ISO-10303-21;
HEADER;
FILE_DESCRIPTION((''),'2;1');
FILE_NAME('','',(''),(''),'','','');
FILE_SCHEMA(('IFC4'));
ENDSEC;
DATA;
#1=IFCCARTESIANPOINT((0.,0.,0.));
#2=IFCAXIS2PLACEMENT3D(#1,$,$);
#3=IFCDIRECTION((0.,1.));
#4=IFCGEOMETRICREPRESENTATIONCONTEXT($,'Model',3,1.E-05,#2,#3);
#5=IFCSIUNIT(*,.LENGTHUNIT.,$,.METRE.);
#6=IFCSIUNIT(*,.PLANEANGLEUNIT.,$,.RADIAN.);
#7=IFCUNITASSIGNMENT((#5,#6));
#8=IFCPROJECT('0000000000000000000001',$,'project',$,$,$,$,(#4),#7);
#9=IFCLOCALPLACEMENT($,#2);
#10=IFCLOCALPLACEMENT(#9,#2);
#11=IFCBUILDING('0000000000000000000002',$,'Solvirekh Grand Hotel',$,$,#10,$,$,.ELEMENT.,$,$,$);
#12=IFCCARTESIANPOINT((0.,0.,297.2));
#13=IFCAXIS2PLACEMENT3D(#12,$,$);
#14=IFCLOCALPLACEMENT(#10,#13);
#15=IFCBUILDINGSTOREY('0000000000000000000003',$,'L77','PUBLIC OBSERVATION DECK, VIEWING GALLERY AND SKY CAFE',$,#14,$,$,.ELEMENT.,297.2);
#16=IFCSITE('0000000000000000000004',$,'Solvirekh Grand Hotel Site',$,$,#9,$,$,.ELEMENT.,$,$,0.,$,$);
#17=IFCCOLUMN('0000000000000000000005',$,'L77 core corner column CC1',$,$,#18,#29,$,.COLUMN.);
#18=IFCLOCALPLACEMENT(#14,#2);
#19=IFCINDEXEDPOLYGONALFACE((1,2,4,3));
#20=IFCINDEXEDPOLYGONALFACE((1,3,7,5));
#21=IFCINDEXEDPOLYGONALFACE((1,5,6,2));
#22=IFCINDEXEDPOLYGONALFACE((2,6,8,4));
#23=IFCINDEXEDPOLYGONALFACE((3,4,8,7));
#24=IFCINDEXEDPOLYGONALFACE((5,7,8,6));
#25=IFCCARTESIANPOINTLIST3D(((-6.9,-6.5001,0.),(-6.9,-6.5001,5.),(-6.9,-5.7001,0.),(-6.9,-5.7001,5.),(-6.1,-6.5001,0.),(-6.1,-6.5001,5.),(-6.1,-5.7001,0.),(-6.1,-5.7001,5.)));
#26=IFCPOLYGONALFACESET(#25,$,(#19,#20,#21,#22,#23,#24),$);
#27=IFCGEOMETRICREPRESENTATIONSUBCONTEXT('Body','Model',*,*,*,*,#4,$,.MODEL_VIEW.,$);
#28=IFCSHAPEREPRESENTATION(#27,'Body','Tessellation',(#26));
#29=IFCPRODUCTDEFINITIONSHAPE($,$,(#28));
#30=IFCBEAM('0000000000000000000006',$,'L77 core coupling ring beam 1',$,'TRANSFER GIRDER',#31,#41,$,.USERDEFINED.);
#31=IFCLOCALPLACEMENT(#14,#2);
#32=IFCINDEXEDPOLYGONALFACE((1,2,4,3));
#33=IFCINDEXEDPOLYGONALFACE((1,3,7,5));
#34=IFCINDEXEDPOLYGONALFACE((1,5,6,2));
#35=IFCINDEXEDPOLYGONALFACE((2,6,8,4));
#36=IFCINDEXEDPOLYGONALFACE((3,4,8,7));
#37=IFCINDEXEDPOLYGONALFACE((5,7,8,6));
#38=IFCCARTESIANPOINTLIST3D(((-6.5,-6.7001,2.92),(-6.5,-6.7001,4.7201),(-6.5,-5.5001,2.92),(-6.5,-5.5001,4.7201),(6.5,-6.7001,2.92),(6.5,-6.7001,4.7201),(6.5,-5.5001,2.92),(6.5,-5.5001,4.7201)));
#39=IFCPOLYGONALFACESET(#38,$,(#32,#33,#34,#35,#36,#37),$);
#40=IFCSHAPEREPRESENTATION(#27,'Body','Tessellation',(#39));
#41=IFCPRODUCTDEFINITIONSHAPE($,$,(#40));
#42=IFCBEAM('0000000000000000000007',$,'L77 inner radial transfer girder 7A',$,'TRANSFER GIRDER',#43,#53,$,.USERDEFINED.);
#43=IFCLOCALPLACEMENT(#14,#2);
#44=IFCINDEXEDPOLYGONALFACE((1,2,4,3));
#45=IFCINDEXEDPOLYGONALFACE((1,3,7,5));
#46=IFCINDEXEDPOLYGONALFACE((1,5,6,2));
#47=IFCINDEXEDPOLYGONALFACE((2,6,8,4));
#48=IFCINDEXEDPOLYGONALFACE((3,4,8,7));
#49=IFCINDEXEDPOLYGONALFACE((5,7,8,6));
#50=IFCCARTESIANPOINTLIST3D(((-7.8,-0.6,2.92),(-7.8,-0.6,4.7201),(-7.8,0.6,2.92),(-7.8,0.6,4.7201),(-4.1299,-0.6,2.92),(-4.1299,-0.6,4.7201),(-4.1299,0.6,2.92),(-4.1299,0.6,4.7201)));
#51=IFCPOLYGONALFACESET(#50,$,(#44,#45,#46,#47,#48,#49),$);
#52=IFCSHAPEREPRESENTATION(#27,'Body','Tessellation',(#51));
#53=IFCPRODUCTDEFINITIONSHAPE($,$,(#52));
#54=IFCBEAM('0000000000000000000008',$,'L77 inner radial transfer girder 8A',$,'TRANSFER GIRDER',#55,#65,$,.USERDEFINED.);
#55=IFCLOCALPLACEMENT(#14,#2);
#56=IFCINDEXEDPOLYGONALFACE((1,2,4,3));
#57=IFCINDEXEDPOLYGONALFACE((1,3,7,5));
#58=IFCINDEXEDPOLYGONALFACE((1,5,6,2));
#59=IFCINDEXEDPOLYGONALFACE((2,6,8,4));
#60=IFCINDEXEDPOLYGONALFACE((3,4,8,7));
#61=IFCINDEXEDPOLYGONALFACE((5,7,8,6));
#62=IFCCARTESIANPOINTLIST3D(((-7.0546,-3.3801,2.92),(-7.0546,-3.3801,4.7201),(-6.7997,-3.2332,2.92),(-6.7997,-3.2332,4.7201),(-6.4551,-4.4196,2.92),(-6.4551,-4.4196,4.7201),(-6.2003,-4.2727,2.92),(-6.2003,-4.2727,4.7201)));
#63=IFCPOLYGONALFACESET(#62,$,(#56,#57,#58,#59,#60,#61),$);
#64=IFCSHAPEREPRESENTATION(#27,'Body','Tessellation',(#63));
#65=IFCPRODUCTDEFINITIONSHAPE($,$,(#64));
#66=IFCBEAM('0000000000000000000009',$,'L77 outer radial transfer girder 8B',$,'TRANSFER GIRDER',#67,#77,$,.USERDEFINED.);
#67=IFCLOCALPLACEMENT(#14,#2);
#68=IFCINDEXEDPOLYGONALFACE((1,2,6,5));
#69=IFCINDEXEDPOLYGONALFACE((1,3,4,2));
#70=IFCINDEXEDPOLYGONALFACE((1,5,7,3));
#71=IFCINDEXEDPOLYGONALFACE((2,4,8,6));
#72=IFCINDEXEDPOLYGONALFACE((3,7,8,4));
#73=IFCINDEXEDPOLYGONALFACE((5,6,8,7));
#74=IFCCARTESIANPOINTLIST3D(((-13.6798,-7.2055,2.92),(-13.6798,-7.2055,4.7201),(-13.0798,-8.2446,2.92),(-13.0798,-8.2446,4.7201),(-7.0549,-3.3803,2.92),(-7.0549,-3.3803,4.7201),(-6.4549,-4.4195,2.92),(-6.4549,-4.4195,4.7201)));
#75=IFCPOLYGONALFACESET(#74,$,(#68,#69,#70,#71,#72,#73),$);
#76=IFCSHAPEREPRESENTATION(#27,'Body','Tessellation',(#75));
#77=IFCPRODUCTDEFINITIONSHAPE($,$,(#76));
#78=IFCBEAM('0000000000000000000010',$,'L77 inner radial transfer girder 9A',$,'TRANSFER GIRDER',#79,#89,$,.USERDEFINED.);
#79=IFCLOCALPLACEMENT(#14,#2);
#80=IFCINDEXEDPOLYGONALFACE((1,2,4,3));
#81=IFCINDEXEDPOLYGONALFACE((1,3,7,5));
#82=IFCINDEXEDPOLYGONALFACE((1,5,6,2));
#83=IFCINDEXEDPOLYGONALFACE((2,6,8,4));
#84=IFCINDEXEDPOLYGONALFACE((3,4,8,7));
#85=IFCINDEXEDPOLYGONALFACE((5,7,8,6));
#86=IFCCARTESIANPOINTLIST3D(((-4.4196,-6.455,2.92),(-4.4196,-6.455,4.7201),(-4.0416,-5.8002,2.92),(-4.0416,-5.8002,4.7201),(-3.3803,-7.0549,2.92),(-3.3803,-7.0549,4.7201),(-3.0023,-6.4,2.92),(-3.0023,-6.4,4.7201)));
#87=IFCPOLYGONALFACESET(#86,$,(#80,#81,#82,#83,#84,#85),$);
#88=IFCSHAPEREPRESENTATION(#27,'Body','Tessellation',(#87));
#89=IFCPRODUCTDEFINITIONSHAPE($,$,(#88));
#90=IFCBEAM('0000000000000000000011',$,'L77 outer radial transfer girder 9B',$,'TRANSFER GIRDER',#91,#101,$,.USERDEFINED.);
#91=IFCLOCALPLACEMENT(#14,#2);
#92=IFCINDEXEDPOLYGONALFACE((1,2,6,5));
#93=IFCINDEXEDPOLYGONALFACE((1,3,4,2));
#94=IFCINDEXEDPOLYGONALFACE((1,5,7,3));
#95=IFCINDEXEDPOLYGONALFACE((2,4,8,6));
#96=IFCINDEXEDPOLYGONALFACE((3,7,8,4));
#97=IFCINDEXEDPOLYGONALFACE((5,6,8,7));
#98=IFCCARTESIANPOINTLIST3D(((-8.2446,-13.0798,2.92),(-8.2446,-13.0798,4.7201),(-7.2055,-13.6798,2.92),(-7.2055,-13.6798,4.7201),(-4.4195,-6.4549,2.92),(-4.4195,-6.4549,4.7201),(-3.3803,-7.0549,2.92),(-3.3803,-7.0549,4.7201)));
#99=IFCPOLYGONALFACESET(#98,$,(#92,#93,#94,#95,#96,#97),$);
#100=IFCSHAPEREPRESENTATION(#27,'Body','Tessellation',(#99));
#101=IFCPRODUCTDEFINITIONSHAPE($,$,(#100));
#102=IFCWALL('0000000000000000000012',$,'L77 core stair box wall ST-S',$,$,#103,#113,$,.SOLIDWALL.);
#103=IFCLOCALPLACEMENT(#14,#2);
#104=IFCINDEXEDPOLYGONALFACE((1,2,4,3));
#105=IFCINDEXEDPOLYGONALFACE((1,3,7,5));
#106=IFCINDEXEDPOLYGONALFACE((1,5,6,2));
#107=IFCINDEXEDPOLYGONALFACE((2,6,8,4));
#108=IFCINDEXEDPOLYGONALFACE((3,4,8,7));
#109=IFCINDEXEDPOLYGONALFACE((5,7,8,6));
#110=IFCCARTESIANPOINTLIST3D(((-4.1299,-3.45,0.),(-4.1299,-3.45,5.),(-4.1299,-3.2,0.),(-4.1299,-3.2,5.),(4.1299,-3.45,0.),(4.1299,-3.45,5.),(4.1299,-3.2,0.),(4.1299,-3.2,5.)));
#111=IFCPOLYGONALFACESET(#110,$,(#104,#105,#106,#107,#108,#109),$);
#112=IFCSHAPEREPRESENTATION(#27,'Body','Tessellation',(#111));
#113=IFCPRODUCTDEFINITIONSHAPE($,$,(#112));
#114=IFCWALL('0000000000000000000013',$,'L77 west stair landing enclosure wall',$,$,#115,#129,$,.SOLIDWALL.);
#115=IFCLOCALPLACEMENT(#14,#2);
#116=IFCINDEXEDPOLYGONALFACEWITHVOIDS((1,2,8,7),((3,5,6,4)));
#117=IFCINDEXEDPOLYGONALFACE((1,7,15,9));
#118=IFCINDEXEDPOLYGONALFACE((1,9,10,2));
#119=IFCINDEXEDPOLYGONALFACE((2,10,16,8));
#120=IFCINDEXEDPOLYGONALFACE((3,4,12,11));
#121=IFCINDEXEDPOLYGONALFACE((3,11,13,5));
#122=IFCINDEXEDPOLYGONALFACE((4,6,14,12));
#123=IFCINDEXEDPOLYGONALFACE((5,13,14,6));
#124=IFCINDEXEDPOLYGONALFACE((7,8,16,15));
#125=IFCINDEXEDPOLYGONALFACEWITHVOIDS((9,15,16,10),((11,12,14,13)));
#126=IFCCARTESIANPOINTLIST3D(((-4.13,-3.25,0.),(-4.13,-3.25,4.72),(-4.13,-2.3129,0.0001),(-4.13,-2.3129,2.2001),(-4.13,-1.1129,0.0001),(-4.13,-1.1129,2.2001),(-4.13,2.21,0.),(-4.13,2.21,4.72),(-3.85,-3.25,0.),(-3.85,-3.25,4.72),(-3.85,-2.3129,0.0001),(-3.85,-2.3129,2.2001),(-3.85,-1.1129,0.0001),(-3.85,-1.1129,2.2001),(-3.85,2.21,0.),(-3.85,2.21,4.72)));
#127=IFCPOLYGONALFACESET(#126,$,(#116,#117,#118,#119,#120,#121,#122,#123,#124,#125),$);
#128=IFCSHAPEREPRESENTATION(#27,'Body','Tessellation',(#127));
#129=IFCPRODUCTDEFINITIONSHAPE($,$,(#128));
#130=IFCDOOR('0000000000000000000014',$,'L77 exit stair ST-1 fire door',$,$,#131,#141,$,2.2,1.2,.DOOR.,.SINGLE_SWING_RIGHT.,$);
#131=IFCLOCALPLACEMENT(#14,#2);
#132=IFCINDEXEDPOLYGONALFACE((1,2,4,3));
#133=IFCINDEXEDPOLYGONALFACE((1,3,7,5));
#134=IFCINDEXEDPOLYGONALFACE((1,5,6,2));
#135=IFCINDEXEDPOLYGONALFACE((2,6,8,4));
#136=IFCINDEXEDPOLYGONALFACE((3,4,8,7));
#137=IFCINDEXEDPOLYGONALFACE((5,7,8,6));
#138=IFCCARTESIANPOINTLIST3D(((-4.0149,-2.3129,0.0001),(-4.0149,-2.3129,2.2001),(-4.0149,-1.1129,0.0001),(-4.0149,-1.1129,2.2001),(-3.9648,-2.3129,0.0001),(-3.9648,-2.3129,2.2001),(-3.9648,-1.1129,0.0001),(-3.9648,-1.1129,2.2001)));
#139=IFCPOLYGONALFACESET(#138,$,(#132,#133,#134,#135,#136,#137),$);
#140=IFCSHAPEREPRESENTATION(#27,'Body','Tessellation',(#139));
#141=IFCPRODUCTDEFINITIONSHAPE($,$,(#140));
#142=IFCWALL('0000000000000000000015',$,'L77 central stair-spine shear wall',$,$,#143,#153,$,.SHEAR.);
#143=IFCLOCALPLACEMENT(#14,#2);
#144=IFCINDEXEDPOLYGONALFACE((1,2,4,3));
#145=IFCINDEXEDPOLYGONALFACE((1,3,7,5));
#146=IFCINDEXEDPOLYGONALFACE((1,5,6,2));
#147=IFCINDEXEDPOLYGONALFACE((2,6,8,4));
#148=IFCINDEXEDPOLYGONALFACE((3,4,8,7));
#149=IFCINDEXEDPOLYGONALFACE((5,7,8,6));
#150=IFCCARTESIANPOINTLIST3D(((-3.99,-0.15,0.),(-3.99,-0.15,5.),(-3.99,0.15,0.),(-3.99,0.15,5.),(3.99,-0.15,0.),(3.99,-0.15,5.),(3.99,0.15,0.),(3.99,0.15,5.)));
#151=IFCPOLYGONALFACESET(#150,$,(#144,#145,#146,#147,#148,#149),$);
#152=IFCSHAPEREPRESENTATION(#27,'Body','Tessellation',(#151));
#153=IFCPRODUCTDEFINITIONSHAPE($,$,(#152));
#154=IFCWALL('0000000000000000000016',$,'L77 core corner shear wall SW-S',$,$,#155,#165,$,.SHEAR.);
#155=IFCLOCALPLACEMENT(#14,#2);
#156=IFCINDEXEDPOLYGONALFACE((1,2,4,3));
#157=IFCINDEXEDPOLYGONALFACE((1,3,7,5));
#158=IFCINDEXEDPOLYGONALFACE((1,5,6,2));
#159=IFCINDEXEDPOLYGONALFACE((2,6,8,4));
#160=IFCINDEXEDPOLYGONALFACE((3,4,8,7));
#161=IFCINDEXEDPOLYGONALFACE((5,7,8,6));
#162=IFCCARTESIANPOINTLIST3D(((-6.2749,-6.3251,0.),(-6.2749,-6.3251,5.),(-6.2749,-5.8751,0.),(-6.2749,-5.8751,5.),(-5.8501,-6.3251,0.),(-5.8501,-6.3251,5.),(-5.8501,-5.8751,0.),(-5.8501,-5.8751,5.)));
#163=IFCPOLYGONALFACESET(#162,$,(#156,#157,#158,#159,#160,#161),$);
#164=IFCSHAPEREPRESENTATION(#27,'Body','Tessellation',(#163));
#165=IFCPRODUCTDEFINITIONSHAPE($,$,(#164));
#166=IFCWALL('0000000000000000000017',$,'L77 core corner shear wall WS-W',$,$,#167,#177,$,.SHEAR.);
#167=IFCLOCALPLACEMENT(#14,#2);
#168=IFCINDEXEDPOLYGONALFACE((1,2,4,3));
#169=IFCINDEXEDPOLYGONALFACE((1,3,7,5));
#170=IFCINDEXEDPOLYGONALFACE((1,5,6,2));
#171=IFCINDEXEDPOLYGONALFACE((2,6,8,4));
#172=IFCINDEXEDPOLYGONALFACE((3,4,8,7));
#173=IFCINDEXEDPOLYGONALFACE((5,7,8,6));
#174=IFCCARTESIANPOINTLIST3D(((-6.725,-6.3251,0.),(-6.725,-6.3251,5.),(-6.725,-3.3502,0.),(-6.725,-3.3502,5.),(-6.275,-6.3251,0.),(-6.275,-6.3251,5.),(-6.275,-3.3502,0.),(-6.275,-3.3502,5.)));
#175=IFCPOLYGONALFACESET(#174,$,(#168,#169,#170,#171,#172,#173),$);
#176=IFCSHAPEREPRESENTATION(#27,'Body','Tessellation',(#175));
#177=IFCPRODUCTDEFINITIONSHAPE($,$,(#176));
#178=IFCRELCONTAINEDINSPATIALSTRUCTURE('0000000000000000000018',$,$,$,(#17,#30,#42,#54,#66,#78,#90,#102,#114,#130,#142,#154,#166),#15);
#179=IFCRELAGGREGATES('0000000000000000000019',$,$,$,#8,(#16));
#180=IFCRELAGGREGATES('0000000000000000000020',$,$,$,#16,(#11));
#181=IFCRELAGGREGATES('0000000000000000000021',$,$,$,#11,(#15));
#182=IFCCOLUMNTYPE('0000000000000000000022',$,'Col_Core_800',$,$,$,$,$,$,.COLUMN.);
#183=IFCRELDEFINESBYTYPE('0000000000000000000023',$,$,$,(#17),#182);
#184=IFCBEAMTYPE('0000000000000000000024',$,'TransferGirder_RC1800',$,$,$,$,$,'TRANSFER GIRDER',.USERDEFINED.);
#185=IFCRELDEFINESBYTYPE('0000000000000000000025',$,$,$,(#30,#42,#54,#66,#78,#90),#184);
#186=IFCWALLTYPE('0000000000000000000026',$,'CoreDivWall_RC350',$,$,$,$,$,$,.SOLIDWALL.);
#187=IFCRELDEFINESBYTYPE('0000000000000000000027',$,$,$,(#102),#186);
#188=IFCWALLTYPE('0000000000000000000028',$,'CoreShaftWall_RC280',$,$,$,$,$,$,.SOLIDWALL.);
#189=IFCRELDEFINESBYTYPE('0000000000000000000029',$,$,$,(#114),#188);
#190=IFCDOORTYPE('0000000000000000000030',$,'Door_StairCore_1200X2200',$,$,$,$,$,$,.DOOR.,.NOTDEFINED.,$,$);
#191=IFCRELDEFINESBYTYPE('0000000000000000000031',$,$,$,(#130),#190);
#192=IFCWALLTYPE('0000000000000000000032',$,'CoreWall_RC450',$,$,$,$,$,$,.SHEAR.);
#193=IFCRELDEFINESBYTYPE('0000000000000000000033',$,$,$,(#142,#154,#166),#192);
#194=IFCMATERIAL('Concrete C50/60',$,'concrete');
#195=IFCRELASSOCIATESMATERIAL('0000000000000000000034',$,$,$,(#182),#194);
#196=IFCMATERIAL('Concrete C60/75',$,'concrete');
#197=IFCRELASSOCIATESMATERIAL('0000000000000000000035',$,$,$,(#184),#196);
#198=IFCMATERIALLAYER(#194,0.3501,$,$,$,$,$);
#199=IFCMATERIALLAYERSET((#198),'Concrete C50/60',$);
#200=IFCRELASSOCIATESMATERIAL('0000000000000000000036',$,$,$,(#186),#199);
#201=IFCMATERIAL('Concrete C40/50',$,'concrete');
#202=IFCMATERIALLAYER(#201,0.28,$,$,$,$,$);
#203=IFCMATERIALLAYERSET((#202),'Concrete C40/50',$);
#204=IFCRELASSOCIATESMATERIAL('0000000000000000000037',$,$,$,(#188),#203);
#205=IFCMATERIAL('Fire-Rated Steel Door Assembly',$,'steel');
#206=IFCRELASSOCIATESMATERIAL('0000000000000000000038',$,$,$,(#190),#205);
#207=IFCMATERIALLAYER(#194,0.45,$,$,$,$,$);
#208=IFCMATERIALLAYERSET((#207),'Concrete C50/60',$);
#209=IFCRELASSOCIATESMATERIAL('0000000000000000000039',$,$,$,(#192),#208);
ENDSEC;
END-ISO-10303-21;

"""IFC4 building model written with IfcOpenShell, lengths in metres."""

from ifc_helpers import new_model, si_unit, direction, frame, frame_2d, origin, origin_2d, place, context, subcontext, project, spatial, rectangle, extrude, material, layer, layer_set, material_profile, profile_set, type_object, element, fill, save


model = new_model("IFC4")

# Units and contexts
model_context = context("Model", 3, precision=1e-05, world=origin(), true_north=direction((0.0, 1.0)))
body_context = subcontext(model_context, "Body", "Model", "MODEL_VIEW")
ifc_project = project(units=[si_unit("LENGTHUNIT", "METRE"), si_unit("PLANEANGLEUNIT", "RADIAN")], contexts=[model_context])

# Site, building, storey
site_placement = place(None, origin())
site = spatial("IfcSite", under=ifc_project, at=site_placement, Name="Solvirekh Grand Hotel Site", CompositionType="ELEMENT", RefElevation=0.0)
building_placement = place(site_placement, origin())
building = spatial("IfcBuilding", under=site, at=building_placement, Name="Solvirekh Grand Hotel", CompositionType="ELEMENT")
storey_placement = place(building_placement, frame((0.0, 0.0, 297.2)))
storey = spatial("IfcBuildingStorey", under=building, at=storey_placement, Name="L77", Description="PUBLIC OBSERVATION DECK, VIEWING GALLERY AND SKY CAFE", CompositionType="ELEMENT", Elevation=297.2)

# Column
ifc_material_1 = material(Name="Concrete C50/60", Category="concrete")
ifc_material_profile_1 = material_profile(ifc_material_1, rectangle(XDim=0.8, YDim=0.8, at=origin_2d()), Name="RC 800X800")
ifc_profile_set_1 = profile_set([ifc_material_profile_1], Name="Concrete C50/60")
column_type = type_object("IfcColumnType", Name="Col_Core_800", PredefinedType="COLUMN", material=ifc_profile_set_1)
column_placement = place(storey_placement, frame((-6.5, -6.1001, 0.0), z_axis=(0.0, 0.0, 1.0), x_axis=(1.0, 0.0, 0.0)))
element("IfcColumn", 1, at=column_placement, inside=storey, type_object=column_type, Name="L77 core corner column CC1", PredefinedType="COLUMN", context=body_context, shape_type="SweptSolid", body=[
    extrude(rectangle(XDim=0.8, YDim=0.8, at=origin_2d()), origin(), (0.0, 0.0, 1.0), 5.0),
])

# Beams
ifc_material_2 = material(Name="Concrete C60/75", Category="concrete")
ifc_material_profile_2 = material_profile(ifc_material_2, rectangle(XDim=1.2, YDim=1.8, at=origin_2d()), Name="RC GIRDER 1200X1800")
ifc_profile_set_2 = profile_set([ifc_material_profile_2], Name="Concrete C60/75")
beam_type = type_object("IfcBeamType", Name="TransferGirder_RC1800", ElementType="TRANSFER GIRDER", PredefinedType="USERDEFINED", material=ifc_profile_set_2)
beam_1_placement = place(storey_placement, frame((-6.5, -6.1001, 3.8201), z_axis=(1.0, 0.0, 0.0), x_axis=(0.0, 1.0, 0.0)))
element("IfcBeam", 2, at=beam_1_placement, inside=storey, type_object=beam_type, Name="L77 core coupling ring beam 1", ObjectType="TRANSFER GIRDER", PredefinedType="USERDEFINED", context=body_context, shape_type="SweptSolid", body=[
    extrude(rectangle(XDim=1.2, YDim=1.8, at=origin_2d()), origin(), (0.0, 0.0, 1.0), 13.0),
])
beam_2_placement = place(storey_placement, frame((-4.1299, 0.0, 3.8201), z_axis=(-1.0, 0.0, 0.0), x_axis=(0.0, -1.0, 0.0)))
element("IfcBeam", 3, at=beam_2_placement, inside=storey, type_object=beam_type, Name="L77 inner radial transfer girder 7A", ObjectType="TRANSFER GIRDER", PredefinedType="USERDEFINED", context=body_context, shape_type="SweptSolid", body=[
    extrude(rectangle(XDim=1.2, YDim=1.8, at=origin_2d()), origin(), (0.0, 0.0, 1.0), 3.6702),
])
beam_3_placement = place(storey_placement, frame((-6.5, -3.7529, 3.8201), z_axis=(-0.866296, -0.499531, 0.0), x_axis=(0.499531, -0.866296, 0.0)))
element("IfcBeam", 4, at=beam_3_placement, inside=storey, type_object=beam_type, Name="L77 inner radial transfer girder 8A", ObjectType="TRANSFER GIRDER", PredefinedType="USERDEFINED", context=body_context, shape_type="SweptSolid", body=[
    extrude(rectangle(XDim=1.2, YDim=1.8, at=origin_2d()), origin(), (0.0, 0.0, 1.0), 0.2942),
])
beam_4_placement = place(storey_placement, frame((-6.7549, -3.8999, 3.8201), z_axis=(-0.866011, -0.500024, 0.0), x_axis=(0.500024, -0.866011, 0.0)))
element("IfcBeam", 5, at=beam_4_placement, inside=storey, type_object=beam_type, Name="L77 outer radial transfer girder 8B", ObjectType="TRANSFER GIRDER", PredefinedType="USERDEFINED", context=body_context, shape_type="SweptSolid", body=[
    extrude(rectangle(XDim=1.2, YDim=1.8, at=origin_2d()), origin(), (0.0, 0.0, 1.0), 7.6499),
])
beam_5_placement = place(storey_placement, frame((-3.522, -6.1001, 3.8201), z_axis=(-0.49989, -0.866089, 0.0), x_axis=(0.866089, -0.49989, 0.0)))
element("IfcBeam", 6, at=beam_5_placement, inside=storey, type_object=beam_type, Name="L77 inner radial transfer girder 9A", ObjectType="TRANSFER GIRDER", PredefinedType="USERDEFINED", context=body_context, shape_type="SweptSolid", body=[
    extrude(rectangle(XDim=1.2, YDim=1.8, at=origin_2d()), origin(), (0.0, 0.0, 1.0), 0.7561),
])
beam_6_placement = place(storey_placement, frame((-3.8999, -6.7549, 3.8201), z_axis=(-0.500024, -0.866011, 0.0), x_axis=(0.866011, -0.500024, 0.0)))
element("IfcBeam", 7, at=beam_6_placement, inside=storey, type_object=beam_type, Name="L77 outer radial transfer girder 9B", ObjectType="TRANSFER GIRDER", PredefinedType="USERDEFINED", context=body_context, shape_type="SweptSolid", body=[
    extrude(rectangle(XDim=1.2, YDim=1.8, at=origin_2d()), origin(), (0.0, 0.0, 1.0), 7.6499),
])

# Wall
ifc_layer_1 = layer(ifc_material_1, 0.3501)
ifc_layer_set_1 = layer_set([ifc_layer_1], Name="Concrete C50/60")
wall_type_1 = type_object("IfcWallType", Name="CoreDivWall_RC350", PredefinedType="SOLIDWALL", material=ifc_layer_set_1)
wall_1_placement = place(storey_placement, frame((-4.1299, -3.325, 0.0), z_axis=(0.0, 0.0, 1.0), x_axis=(1.0, 0.0, 0.0)))
element("IfcWall", 8, at=wall_1_placement, inside=storey, type_object=wall_type_1, Name="L77 core stair box wall ST-S", PredefinedType="SOLIDWALL", context=body_context, shape_type="SweptSolid", body=[
    extrude(rectangle(XDim=8.2598, YDim=0.25, at=frame_2d((4.1299, 0.0))), origin(), (0.0, 0.0, 1.0), 5.0),
])

# Wall, opening, door
ifc_material_3 = material(Name="Concrete C40/50", Category="concrete")
ifc_layer_2 = layer(ifc_material_3, 0.28)
ifc_layer_set_2 = layer_set([ifc_layer_2], Name="Concrete C40/50")
wall_type_2 = type_object("IfcWallType", Name="CoreShaftWall_RC280", PredefinedType="SOLIDWALL", material=ifc_layer_set_2)
wall_2_placement = place(storey_placement, frame((-3.99, -3.25, 0.0), z_axis=(0.0, 0.0, 1.0), x_axis=(0.0, 1.0, 0.0)))
wall_2 = element("IfcWall", 9, at=wall_2_placement, inside=storey, type_object=wall_type_2, Name="L77 west stair landing enclosure wall", PredefinedType="SOLIDWALL", context=body_context, shape_type="SweptSolid", body=[
    extrude(rectangle(XDim=5.46, YDim=0.28, at=frame_2d((2.73, 0.0))), origin(), (0.0, 0.0, 1.0), 4.72),
])
opening_1_placement = place(wall_2_placement, frame((0.937, 0.0, 0.0)))
opening_1 = element("IfcOpeningElement", 10, at=opening_1_placement, cuts=wall_2, PredefinedType="OPENING", context=body_context, shape_type="SweptSolid", body=[
    extrude(rectangle(XDim=1.2, YDim=2.2, at=frame_2d((0.6001, 1.1001))), frame((0.0, 0.1499, 0.0), z_axis=(0.0, -1.0, 0.0), x_axis=(1.0, 0.0, 0.0)), (0.0, 0.0, 1.0), 0.3),
])
ifc_material_4 = material(Name="Fire-Rated Steel Door Assembly", Category="steel")
door_type_1 = type_object("IfcDoorType", Name="Door_StairCore_1200X2200", OperationType="NOTDEFINED", PredefinedType="DOOR", material=ifc_material_4)
door_1_placement = place(opening_1_placement, origin())
door_1 = element("IfcDoor", 11, at=door_1_placement, inside=storey, type_object=door_type_1, Name="L77 exit stair ST-1 fire door", OperationType="SINGLE_SWING_RIGHT", OverallHeight=2.2, OverallWidth=1.2, PredefinedType="DOOR", context=body_context, shape_type="SweptSolid", body=[
    extrude(rectangle(XDim=1.2, YDim=2.2, at=frame_2d((0.6001, 1.1001))), frame((0.0, 0.0249, 0.0), z_axis=(0.0, -1.0, 0.0), x_axis=(1.0, 0.0, 0.0)), (0.0, 0.0, 1.0), 0.05),
])
fill(opening_1, door_1)

# Walls
ifc_layer_3 = layer(ifc_material_1, 0.45)
ifc_layer_set_3 = layer_set([ifc_layer_3], Name="Concrete C50/60")
wall_type_3 = type_object("IfcWallType", Name="CoreWall_RC450", PredefinedType="SHEAR", material=ifc_layer_set_3)
wall_3_placement = place(storey_placement, frame((-3.99, 0.0, 0.0), z_axis=(0.0, 0.0, 1.0), x_axis=(1.0, 0.0, 0.0)))
element("IfcWall", 12, at=wall_3_placement, inside=storey, type_object=wall_type_3, Name="L77 central stair-spine shear wall", PredefinedType="SHEAR", context=body_context, shape_type="SweptSolid", body=[
    extrude(rectangle(XDim=7.98, YDim=0.3, at=frame_2d((3.99, 0.0))), origin(), (0.0, 0.0, 1.0), 5.0),
])
wall_4_placement = place(storey_placement, frame((-6.2749, -6.1001, 0.0), z_axis=(0.0, 0.0, 1.0), x_axis=(1.0, 0.0, 0.0)))
element("IfcWall", 13, at=wall_4_placement, inside=storey, type_object=wall_type_3, Name="L77 core corner shear wall SW-S", PredefinedType="SHEAR", context=body_context, shape_type="SweptSolid", body=[
    extrude(rectangle(XDim=0.4248, YDim=0.45, at=frame_2d((0.2124, 0.0))), origin(), (0.0, 0.0, 1.0), 5.0),
])
wall_5_placement = place(storey_placement, frame((-6.5, -6.325, 0.0), z_axis=(0.0, 0.0, 1.0), x_axis=(0.0, 1.0, 0.0)))
element("IfcWall", 14, at=wall_5_placement, inside=storey, type_object=wall_type_3, Name="L77 core corner shear wall WS-W", PredefinedType="SHEAR", context=body_context, shape_type="SweptSolid", body=[
    extrude(rectangle(XDim=2.9749, YDim=0.45, at=frame_2d((1.4873, 0.0))), origin(), (0.0, 0.0, 1.0), 5.0),
])

save(model, "model.ifc")
